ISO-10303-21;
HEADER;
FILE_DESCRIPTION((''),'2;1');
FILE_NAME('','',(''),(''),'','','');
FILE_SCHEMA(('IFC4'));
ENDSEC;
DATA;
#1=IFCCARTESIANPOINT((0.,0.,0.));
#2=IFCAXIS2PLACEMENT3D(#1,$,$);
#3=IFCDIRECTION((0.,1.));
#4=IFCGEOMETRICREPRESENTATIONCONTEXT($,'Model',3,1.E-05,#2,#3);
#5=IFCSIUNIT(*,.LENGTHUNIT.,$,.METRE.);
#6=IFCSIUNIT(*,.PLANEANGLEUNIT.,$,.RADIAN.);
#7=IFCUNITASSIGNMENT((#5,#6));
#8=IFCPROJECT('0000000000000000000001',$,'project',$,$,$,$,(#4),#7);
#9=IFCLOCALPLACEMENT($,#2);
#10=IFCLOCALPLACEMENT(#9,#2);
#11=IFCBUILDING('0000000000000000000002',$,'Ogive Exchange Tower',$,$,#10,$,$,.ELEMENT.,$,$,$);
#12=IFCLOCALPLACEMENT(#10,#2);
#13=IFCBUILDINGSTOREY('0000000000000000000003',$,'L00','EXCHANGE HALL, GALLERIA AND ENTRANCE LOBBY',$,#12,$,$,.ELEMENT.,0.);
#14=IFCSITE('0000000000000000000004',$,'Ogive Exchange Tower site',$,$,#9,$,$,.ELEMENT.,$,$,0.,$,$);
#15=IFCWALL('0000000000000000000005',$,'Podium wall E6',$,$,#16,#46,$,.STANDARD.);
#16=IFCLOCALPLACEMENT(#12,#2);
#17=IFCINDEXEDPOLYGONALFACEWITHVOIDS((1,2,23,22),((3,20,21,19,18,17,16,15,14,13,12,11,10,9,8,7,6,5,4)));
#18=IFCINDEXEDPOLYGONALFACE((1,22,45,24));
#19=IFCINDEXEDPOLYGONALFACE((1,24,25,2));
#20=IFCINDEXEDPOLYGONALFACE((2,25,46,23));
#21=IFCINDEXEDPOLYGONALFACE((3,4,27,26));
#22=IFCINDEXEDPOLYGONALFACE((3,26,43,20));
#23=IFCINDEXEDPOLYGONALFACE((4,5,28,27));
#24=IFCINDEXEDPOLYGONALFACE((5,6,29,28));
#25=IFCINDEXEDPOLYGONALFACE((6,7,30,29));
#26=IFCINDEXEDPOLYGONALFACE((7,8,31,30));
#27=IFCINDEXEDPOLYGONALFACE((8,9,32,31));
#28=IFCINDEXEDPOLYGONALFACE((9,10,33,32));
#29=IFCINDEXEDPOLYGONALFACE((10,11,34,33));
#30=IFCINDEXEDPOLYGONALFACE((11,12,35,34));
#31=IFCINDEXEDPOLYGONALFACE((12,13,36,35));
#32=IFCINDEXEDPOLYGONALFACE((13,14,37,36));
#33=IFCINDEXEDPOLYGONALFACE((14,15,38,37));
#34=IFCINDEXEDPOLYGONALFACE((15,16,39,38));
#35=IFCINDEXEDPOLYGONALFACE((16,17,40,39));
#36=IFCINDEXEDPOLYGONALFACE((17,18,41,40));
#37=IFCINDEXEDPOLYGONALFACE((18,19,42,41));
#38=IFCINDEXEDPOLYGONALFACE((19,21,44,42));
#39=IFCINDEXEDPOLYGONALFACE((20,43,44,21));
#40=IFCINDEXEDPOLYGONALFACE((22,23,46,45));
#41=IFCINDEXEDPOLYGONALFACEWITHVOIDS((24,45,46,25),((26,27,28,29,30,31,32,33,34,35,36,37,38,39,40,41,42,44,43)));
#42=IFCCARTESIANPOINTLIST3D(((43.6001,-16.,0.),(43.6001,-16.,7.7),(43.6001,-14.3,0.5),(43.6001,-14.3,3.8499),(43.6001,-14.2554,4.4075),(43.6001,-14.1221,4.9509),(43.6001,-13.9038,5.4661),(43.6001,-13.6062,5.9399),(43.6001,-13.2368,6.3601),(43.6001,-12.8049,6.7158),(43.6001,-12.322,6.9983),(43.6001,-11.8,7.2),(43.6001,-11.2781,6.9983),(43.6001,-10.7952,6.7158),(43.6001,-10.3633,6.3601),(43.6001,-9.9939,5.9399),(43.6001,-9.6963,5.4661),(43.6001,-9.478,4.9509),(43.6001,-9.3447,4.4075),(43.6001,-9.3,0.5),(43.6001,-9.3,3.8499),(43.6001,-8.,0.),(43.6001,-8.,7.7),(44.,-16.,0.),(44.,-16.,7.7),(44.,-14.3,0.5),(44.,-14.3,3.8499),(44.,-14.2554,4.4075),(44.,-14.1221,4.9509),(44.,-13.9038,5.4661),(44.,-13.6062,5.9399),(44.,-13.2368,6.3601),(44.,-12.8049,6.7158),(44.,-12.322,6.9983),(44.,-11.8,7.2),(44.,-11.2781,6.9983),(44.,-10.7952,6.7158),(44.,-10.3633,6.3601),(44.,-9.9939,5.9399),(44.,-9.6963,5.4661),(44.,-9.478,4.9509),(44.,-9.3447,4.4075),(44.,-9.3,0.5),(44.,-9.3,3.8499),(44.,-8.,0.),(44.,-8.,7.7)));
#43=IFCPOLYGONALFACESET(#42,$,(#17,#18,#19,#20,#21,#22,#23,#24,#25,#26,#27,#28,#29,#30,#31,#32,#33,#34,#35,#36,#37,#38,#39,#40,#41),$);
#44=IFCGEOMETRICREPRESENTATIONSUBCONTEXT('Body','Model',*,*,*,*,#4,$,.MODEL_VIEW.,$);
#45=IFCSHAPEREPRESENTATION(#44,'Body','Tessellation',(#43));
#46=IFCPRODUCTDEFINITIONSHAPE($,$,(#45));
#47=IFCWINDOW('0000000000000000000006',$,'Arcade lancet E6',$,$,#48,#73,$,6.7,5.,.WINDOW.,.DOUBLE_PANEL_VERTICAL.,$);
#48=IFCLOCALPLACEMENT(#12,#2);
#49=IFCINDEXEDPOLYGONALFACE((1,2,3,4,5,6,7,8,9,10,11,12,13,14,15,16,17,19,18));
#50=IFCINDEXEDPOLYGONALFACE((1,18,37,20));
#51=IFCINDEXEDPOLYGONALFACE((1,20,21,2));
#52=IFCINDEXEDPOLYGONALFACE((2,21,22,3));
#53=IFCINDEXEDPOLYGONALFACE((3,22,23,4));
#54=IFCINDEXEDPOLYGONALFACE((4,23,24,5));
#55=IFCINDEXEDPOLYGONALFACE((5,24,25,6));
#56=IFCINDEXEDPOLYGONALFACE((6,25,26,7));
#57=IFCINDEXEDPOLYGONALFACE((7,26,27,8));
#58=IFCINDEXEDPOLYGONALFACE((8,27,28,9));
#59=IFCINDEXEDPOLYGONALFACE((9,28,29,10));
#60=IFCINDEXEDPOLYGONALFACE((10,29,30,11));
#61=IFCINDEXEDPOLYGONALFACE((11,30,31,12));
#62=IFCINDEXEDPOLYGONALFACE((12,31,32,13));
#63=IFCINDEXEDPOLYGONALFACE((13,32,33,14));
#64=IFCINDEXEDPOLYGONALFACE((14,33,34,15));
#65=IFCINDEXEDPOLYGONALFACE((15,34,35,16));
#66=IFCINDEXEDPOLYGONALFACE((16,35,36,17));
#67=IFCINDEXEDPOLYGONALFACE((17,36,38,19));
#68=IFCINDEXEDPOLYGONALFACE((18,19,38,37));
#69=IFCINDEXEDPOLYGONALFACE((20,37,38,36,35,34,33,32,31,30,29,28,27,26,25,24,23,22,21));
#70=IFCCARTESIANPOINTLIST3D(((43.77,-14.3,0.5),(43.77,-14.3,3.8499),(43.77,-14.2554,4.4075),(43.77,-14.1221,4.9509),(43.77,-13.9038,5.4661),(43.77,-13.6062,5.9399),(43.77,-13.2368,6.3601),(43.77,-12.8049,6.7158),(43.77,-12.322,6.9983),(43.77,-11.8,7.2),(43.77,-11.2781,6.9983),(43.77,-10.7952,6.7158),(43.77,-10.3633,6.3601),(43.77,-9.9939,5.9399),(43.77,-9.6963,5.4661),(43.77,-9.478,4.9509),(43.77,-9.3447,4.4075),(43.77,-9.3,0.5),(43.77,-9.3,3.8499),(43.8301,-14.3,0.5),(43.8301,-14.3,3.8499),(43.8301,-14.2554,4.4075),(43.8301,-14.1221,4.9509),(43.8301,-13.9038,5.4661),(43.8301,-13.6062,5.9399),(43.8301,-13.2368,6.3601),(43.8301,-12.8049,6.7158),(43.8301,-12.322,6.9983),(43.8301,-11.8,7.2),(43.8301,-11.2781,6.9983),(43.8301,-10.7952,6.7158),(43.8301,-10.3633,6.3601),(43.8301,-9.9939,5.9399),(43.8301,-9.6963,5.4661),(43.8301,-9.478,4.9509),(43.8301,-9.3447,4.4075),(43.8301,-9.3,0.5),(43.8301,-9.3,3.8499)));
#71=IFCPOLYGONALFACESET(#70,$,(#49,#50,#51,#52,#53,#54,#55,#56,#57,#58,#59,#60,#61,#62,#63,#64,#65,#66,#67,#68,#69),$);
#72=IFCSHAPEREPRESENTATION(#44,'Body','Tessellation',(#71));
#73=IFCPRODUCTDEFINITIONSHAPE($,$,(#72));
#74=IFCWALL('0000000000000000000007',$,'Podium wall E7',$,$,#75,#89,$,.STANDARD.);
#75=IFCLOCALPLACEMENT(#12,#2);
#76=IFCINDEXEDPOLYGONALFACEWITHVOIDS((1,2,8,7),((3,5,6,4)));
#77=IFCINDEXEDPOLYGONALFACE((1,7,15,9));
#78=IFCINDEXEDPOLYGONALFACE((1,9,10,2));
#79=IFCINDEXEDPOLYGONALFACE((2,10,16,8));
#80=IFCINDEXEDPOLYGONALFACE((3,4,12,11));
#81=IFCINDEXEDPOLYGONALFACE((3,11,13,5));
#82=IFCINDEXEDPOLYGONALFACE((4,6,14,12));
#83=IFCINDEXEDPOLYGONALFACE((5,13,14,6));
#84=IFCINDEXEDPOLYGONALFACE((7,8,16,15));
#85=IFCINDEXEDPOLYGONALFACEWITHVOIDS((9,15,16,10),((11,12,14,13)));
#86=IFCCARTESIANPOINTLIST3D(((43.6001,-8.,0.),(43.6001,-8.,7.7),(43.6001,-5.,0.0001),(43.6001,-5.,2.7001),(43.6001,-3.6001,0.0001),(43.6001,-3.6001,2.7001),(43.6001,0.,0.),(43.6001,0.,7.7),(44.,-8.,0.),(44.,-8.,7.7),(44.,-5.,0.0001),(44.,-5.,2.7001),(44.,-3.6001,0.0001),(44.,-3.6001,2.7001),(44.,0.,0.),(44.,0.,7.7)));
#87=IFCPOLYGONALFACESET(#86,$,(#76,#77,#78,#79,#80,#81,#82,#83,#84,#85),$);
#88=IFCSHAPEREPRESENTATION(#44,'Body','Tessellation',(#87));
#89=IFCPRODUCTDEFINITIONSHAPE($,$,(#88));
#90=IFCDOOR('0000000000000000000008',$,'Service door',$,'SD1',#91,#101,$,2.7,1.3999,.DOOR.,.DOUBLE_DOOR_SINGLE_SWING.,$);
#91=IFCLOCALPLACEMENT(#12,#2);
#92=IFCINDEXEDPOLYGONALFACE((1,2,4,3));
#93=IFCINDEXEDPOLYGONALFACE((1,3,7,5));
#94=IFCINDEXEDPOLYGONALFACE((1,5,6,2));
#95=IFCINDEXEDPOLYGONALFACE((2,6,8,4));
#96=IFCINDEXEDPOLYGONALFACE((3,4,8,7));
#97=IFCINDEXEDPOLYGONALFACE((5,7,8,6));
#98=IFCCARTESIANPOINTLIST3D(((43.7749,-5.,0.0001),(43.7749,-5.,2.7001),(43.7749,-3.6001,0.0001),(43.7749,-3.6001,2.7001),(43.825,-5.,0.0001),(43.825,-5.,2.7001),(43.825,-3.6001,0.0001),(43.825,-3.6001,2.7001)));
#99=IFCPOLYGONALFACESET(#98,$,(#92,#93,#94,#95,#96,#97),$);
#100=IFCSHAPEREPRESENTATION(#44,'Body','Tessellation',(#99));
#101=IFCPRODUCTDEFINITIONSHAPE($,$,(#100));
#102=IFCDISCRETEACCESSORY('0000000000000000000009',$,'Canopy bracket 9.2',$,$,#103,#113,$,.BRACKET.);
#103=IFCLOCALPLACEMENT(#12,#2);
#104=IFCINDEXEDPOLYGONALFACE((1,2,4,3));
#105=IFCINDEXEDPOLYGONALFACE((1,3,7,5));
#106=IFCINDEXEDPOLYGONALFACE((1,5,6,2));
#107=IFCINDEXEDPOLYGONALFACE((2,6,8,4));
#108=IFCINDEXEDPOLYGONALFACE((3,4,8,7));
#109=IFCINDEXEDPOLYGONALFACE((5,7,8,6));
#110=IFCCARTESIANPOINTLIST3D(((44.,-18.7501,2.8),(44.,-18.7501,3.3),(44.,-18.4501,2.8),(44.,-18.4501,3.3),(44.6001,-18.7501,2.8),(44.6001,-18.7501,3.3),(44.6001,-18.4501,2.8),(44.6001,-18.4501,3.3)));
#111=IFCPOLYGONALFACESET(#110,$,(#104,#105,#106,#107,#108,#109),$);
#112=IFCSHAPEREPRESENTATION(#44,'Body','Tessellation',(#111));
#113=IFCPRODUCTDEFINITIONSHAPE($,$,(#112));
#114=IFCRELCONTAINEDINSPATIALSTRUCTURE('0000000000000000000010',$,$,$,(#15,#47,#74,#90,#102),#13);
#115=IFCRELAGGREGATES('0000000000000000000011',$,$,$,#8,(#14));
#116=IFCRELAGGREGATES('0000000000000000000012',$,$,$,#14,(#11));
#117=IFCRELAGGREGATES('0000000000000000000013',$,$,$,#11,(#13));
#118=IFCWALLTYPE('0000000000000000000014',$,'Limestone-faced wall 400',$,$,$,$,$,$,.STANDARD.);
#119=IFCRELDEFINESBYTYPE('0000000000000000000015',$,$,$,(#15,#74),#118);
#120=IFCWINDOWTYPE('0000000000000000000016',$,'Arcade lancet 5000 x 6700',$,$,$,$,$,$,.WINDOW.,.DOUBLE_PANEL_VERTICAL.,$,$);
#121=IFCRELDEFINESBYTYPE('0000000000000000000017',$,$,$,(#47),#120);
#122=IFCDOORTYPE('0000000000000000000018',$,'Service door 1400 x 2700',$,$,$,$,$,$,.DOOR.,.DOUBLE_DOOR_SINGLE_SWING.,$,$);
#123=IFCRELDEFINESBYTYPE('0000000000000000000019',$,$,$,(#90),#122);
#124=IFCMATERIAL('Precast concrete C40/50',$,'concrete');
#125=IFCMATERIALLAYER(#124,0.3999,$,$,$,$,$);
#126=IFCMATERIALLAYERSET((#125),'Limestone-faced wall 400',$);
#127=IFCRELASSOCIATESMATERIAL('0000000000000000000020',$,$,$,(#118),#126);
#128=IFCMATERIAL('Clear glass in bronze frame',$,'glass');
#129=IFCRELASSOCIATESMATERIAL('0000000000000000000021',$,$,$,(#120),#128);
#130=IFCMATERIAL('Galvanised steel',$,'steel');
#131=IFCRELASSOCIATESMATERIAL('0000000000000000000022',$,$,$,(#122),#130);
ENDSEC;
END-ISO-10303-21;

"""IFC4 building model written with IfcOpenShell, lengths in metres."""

from ifc_helpers import new_model, si_unit, direction, frame, frame_2d, origin, origin_2d, place, context, subcontext, project, spatial, polyline, rectangle, outline, extrude, material, layer, layer_set, type_object, element, fill, save


model = new_model("IFC4")

# Units and contexts
model_context = context("Model", 3, precision=1e-05, world=origin(), true_north=direction((0.0, 1.0)))
body_context = subcontext(model_context, "Body", "Model", "MODEL_VIEW")
ifc_project = project(units=[si_unit("LENGTHUNIT", "METRE"), si_unit("PLANEANGLEUNIT", "RADIAN")], contexts=[model_context])

# Site, building, storey
site_placement = place(None, origin())
site = spatial("IfcSite", under=ifc_project, at=site_placement, Name="Ogive Exchange Tower site", CompositionType="ELEMENT", RefElevation=0.0)
building_placement = place(site_placement, origin())
building = spatial("IfcBuilding", under=site, at=building_placement, Name="Ogive Exchange Tower", CompositionType="ELEMENT")
storey_placement = place(building_placement, origin())
storey = spatial("IfcBuildingStorey", under=building, at=storey_placement, Name="L00", Description="EXCHANGE HALL, GALLERIA AND ENTRANCE LOBBY", CompositionType="ELEMENT", Elevation=0.0)

# Shared definitions
ifc_material_1 = material(Name="Precast concrete C40/50", Category="concrete")

# Wall, opening, window
ifc_layer_1 = layer(ifc_material_1, 0.3999)
ifc_layer_set_1 = layer_set([ifc_layer_1], Name="Limestone-faced wall 400")
wall_type = type_object("IfcWallType", Name="Limestone-faced wall 400", PredefinedType="STANDARD", material=ifc_layer_set_1)
wall_1_placement = place(storey_placement, frame((43.8, -16.0, 0.0), z_axis=(0.0, 0.0, 1.0), x_axis=(0.0, 1.0, 0.0)))
wall_1 = element("IfcWall", 1, at=wall_1_placement, inside=storey, type_object=wall_type, Name="Podium wall E6", PredefinedType="STANDARD", context=body_context, shape_type="SweptSolid", body=[
    extrude(rectangle(XDim=8.0, YDim=0.3999, at=frame_2d((4.0, 0.0))), origin(), (0.0, 0.0, 1.0), 7.7),
])
opening_1_placement = place(wall_1_placement, frame((1.7, 0.0, 0.5)))
opening_1 = element("IfcOpeningElement", 2, at=opening_1_placement, cuts=wall_1, PredefinedType="OPENING", context=body_context, shape_type="SweptSolid", body=[
    extrude(outline(polyline([(0.0, 0.0), (5.0, 0.0), (5.0, 3.3499), (4.9553, 3.9075), (4.822, 4.4509), (4.6038, 4.9661), (4.3062, 5.4399), (3.9368, 5.8601), (3.5049, 6.2158), (3.022, 6.4983), (2.5, 6.7), (1.978, 6.4983), (1.4951, 6.2158), (1.0632, 5.8601), (0.6938, 5.4399), (0.3962, 4.9661), (0.178, 4.4509), (0.0447, 3.9075), (0.0, 3.3499), (0.0, 0.0)])), frame((0.0, 0.21, 0.0), z_axis=(0.0, -1.0, 0.0), x_axis=(1.0, 0.0, 0.0)), (0.0, 0.0, 1.0), 0.4199),
])
ifc_material_2 = material(Name="Clear glass in bronze frame", Category="glass")
window_type = type_object("IfcWindowType", Name="Arcade lancet 5000 x 6700", PartitioningType="DOUBLE_PANEL_VERTICAL", PredefinedType="WINDOW", material=ifc_material_2)
window_placement = place(opening_1_placement, origin())
window = element("IfcWindow", 3, at=window_placement, inside=storey, type_object=window_type, Name="Arcade lancet E6", OverallHeight=6.7, OverallWidth=5.0, PartitioningType="DOUBLE_PANEL_VERTICAL", PredefinedType="WINDOW", context=body_context, shape_type="SweptSolid", body=[
    extrude(outline(polyline([(0.0, 0.0), (5.0, 0.0), (5.0, 3.3499), (4.9553, 3.9075), (4.822, 4.4509), (4.6038, 4.9661), (4.3062, 5.4399), (3.9368, 5.8601), (3.5049, 6.2158), (3.022, 6.4983), (2.5, 6.7), (1.978, 6.4983), (1.4951, 6.2158), (1.0632, 5.8601), (0.6938, 5.4399), (0.3962, 4.9661), (0.178, 4.4509), (0.0447, 3.9075), (0.0, 3.3499), (0.0, 0.0)])), frame((0.0, 0.03, 0.0), z_axis=(0.0, -1.0, 0.0), x_axis=(1.0, 0.0, 0.0)), (0.0, 0.0, 1.0), 0.0601),
])
fill(opening_1, window)

# Wall, opening, door
wall_2_placement = place(storey_placement, frame((43.8, -8.0, 0.0), z_axis=(0.0, 0.0, 1.0), x_axis=(0.0, 1.0, 0.0)))
wall_2 = element("IfcWall", 4, at=wall_2_placement, inside=storey, type_object=wall_type, Name="Podium wall E7", PredefinedType="STANDARD", context=body_context, shape_type="SweptSolid", body=[
    extrude(rectangle(XDim=8.0, YDim=0.3999, at=frame_2d((4.0, 0.0))), origin(), (0.0, 0.0, 1.0), 7.7),
])
opening_2_placement = place(wall_2_placement, frame((3.0, 0.0, 0.0)))
opening_2 = element("IfcOpeningElement", 5, at=opening_2_placement, cuts=wall_2, PredefinedType="OPENING", context=body_context, shape_type="SweptSolid", body=[
    extrude(rectangle(XDim=1.3999, YDim=2.7, at=frame_2d((0.7, 1.3501))), frame((0.0, 0.21, 0.0), z_axis=(0.0, -1.0, 0.0), x_axis=(1.0, 0.0, 0.0)), (0.0, 0.0, 1.0), 0.4199),
])
ifc_material_3 = material(Name="Galvanised steel", Category="steel")
door_type = type_object("IfcDoorType", Name="Service door 1400 x 2700", OperationType="DOUBLE_DOOR_SINGLE_SWING", PredefinedType="DOOR", material=ifc_material_3)
door_placement = place(opening_2_placement, frame((1.3999, 0.0, 0.0), z_axis=(0.0, 0.0, 1.0), x_axis=(-1.0, 0.0, 0.0)))
door = element("IfcDoor", 6, at=door_placement, inside=storey, type_object=door_type, Name="Service door", ObjectType="SD1", OperationType="DOUBLE_DOOR_SINGLE_SWING", OverallHeight=2.7, OverallWidth=1.3999, PredefinedType="DOOR", context=body_context, shape_type="SweptSolid", body=[
    extrude(rectangle(XDim=1.3999, YDim=2.7, at=frame_2d((0.7, 1.3501))), frame((0.0, 0.0249, 0.0), z_axis=(0.0, -1.0, 0.0), x_axis=(1.0, 0.0, 0.0)), (0.0, 0.0, 1.0), 0.05),
])
fill(opening_2, door)

# Discrete accessory
discrete_accessory_placement = place(storey_placement, frame((44.3, -18.6001, 2.8), z_axis=(0.0, 0.0, 1.0), x_axis=(0.0, 1.0, 0.0)))
element("IfcDiscreteAccessory", 7, at=discrete_accessory_placement, inside=storey, Name="Canopy bracket 9.2", PredefinedType="BRACKET", context=body_context, shape_type="SweptSolid", body=[
    extrude(rectangle(XDim=0.3, YDim=0.6001, at=origin_2d()), origin(), (0.0, 0.0, 1.0), 0.5),
])

save(model, "model.ifc")
